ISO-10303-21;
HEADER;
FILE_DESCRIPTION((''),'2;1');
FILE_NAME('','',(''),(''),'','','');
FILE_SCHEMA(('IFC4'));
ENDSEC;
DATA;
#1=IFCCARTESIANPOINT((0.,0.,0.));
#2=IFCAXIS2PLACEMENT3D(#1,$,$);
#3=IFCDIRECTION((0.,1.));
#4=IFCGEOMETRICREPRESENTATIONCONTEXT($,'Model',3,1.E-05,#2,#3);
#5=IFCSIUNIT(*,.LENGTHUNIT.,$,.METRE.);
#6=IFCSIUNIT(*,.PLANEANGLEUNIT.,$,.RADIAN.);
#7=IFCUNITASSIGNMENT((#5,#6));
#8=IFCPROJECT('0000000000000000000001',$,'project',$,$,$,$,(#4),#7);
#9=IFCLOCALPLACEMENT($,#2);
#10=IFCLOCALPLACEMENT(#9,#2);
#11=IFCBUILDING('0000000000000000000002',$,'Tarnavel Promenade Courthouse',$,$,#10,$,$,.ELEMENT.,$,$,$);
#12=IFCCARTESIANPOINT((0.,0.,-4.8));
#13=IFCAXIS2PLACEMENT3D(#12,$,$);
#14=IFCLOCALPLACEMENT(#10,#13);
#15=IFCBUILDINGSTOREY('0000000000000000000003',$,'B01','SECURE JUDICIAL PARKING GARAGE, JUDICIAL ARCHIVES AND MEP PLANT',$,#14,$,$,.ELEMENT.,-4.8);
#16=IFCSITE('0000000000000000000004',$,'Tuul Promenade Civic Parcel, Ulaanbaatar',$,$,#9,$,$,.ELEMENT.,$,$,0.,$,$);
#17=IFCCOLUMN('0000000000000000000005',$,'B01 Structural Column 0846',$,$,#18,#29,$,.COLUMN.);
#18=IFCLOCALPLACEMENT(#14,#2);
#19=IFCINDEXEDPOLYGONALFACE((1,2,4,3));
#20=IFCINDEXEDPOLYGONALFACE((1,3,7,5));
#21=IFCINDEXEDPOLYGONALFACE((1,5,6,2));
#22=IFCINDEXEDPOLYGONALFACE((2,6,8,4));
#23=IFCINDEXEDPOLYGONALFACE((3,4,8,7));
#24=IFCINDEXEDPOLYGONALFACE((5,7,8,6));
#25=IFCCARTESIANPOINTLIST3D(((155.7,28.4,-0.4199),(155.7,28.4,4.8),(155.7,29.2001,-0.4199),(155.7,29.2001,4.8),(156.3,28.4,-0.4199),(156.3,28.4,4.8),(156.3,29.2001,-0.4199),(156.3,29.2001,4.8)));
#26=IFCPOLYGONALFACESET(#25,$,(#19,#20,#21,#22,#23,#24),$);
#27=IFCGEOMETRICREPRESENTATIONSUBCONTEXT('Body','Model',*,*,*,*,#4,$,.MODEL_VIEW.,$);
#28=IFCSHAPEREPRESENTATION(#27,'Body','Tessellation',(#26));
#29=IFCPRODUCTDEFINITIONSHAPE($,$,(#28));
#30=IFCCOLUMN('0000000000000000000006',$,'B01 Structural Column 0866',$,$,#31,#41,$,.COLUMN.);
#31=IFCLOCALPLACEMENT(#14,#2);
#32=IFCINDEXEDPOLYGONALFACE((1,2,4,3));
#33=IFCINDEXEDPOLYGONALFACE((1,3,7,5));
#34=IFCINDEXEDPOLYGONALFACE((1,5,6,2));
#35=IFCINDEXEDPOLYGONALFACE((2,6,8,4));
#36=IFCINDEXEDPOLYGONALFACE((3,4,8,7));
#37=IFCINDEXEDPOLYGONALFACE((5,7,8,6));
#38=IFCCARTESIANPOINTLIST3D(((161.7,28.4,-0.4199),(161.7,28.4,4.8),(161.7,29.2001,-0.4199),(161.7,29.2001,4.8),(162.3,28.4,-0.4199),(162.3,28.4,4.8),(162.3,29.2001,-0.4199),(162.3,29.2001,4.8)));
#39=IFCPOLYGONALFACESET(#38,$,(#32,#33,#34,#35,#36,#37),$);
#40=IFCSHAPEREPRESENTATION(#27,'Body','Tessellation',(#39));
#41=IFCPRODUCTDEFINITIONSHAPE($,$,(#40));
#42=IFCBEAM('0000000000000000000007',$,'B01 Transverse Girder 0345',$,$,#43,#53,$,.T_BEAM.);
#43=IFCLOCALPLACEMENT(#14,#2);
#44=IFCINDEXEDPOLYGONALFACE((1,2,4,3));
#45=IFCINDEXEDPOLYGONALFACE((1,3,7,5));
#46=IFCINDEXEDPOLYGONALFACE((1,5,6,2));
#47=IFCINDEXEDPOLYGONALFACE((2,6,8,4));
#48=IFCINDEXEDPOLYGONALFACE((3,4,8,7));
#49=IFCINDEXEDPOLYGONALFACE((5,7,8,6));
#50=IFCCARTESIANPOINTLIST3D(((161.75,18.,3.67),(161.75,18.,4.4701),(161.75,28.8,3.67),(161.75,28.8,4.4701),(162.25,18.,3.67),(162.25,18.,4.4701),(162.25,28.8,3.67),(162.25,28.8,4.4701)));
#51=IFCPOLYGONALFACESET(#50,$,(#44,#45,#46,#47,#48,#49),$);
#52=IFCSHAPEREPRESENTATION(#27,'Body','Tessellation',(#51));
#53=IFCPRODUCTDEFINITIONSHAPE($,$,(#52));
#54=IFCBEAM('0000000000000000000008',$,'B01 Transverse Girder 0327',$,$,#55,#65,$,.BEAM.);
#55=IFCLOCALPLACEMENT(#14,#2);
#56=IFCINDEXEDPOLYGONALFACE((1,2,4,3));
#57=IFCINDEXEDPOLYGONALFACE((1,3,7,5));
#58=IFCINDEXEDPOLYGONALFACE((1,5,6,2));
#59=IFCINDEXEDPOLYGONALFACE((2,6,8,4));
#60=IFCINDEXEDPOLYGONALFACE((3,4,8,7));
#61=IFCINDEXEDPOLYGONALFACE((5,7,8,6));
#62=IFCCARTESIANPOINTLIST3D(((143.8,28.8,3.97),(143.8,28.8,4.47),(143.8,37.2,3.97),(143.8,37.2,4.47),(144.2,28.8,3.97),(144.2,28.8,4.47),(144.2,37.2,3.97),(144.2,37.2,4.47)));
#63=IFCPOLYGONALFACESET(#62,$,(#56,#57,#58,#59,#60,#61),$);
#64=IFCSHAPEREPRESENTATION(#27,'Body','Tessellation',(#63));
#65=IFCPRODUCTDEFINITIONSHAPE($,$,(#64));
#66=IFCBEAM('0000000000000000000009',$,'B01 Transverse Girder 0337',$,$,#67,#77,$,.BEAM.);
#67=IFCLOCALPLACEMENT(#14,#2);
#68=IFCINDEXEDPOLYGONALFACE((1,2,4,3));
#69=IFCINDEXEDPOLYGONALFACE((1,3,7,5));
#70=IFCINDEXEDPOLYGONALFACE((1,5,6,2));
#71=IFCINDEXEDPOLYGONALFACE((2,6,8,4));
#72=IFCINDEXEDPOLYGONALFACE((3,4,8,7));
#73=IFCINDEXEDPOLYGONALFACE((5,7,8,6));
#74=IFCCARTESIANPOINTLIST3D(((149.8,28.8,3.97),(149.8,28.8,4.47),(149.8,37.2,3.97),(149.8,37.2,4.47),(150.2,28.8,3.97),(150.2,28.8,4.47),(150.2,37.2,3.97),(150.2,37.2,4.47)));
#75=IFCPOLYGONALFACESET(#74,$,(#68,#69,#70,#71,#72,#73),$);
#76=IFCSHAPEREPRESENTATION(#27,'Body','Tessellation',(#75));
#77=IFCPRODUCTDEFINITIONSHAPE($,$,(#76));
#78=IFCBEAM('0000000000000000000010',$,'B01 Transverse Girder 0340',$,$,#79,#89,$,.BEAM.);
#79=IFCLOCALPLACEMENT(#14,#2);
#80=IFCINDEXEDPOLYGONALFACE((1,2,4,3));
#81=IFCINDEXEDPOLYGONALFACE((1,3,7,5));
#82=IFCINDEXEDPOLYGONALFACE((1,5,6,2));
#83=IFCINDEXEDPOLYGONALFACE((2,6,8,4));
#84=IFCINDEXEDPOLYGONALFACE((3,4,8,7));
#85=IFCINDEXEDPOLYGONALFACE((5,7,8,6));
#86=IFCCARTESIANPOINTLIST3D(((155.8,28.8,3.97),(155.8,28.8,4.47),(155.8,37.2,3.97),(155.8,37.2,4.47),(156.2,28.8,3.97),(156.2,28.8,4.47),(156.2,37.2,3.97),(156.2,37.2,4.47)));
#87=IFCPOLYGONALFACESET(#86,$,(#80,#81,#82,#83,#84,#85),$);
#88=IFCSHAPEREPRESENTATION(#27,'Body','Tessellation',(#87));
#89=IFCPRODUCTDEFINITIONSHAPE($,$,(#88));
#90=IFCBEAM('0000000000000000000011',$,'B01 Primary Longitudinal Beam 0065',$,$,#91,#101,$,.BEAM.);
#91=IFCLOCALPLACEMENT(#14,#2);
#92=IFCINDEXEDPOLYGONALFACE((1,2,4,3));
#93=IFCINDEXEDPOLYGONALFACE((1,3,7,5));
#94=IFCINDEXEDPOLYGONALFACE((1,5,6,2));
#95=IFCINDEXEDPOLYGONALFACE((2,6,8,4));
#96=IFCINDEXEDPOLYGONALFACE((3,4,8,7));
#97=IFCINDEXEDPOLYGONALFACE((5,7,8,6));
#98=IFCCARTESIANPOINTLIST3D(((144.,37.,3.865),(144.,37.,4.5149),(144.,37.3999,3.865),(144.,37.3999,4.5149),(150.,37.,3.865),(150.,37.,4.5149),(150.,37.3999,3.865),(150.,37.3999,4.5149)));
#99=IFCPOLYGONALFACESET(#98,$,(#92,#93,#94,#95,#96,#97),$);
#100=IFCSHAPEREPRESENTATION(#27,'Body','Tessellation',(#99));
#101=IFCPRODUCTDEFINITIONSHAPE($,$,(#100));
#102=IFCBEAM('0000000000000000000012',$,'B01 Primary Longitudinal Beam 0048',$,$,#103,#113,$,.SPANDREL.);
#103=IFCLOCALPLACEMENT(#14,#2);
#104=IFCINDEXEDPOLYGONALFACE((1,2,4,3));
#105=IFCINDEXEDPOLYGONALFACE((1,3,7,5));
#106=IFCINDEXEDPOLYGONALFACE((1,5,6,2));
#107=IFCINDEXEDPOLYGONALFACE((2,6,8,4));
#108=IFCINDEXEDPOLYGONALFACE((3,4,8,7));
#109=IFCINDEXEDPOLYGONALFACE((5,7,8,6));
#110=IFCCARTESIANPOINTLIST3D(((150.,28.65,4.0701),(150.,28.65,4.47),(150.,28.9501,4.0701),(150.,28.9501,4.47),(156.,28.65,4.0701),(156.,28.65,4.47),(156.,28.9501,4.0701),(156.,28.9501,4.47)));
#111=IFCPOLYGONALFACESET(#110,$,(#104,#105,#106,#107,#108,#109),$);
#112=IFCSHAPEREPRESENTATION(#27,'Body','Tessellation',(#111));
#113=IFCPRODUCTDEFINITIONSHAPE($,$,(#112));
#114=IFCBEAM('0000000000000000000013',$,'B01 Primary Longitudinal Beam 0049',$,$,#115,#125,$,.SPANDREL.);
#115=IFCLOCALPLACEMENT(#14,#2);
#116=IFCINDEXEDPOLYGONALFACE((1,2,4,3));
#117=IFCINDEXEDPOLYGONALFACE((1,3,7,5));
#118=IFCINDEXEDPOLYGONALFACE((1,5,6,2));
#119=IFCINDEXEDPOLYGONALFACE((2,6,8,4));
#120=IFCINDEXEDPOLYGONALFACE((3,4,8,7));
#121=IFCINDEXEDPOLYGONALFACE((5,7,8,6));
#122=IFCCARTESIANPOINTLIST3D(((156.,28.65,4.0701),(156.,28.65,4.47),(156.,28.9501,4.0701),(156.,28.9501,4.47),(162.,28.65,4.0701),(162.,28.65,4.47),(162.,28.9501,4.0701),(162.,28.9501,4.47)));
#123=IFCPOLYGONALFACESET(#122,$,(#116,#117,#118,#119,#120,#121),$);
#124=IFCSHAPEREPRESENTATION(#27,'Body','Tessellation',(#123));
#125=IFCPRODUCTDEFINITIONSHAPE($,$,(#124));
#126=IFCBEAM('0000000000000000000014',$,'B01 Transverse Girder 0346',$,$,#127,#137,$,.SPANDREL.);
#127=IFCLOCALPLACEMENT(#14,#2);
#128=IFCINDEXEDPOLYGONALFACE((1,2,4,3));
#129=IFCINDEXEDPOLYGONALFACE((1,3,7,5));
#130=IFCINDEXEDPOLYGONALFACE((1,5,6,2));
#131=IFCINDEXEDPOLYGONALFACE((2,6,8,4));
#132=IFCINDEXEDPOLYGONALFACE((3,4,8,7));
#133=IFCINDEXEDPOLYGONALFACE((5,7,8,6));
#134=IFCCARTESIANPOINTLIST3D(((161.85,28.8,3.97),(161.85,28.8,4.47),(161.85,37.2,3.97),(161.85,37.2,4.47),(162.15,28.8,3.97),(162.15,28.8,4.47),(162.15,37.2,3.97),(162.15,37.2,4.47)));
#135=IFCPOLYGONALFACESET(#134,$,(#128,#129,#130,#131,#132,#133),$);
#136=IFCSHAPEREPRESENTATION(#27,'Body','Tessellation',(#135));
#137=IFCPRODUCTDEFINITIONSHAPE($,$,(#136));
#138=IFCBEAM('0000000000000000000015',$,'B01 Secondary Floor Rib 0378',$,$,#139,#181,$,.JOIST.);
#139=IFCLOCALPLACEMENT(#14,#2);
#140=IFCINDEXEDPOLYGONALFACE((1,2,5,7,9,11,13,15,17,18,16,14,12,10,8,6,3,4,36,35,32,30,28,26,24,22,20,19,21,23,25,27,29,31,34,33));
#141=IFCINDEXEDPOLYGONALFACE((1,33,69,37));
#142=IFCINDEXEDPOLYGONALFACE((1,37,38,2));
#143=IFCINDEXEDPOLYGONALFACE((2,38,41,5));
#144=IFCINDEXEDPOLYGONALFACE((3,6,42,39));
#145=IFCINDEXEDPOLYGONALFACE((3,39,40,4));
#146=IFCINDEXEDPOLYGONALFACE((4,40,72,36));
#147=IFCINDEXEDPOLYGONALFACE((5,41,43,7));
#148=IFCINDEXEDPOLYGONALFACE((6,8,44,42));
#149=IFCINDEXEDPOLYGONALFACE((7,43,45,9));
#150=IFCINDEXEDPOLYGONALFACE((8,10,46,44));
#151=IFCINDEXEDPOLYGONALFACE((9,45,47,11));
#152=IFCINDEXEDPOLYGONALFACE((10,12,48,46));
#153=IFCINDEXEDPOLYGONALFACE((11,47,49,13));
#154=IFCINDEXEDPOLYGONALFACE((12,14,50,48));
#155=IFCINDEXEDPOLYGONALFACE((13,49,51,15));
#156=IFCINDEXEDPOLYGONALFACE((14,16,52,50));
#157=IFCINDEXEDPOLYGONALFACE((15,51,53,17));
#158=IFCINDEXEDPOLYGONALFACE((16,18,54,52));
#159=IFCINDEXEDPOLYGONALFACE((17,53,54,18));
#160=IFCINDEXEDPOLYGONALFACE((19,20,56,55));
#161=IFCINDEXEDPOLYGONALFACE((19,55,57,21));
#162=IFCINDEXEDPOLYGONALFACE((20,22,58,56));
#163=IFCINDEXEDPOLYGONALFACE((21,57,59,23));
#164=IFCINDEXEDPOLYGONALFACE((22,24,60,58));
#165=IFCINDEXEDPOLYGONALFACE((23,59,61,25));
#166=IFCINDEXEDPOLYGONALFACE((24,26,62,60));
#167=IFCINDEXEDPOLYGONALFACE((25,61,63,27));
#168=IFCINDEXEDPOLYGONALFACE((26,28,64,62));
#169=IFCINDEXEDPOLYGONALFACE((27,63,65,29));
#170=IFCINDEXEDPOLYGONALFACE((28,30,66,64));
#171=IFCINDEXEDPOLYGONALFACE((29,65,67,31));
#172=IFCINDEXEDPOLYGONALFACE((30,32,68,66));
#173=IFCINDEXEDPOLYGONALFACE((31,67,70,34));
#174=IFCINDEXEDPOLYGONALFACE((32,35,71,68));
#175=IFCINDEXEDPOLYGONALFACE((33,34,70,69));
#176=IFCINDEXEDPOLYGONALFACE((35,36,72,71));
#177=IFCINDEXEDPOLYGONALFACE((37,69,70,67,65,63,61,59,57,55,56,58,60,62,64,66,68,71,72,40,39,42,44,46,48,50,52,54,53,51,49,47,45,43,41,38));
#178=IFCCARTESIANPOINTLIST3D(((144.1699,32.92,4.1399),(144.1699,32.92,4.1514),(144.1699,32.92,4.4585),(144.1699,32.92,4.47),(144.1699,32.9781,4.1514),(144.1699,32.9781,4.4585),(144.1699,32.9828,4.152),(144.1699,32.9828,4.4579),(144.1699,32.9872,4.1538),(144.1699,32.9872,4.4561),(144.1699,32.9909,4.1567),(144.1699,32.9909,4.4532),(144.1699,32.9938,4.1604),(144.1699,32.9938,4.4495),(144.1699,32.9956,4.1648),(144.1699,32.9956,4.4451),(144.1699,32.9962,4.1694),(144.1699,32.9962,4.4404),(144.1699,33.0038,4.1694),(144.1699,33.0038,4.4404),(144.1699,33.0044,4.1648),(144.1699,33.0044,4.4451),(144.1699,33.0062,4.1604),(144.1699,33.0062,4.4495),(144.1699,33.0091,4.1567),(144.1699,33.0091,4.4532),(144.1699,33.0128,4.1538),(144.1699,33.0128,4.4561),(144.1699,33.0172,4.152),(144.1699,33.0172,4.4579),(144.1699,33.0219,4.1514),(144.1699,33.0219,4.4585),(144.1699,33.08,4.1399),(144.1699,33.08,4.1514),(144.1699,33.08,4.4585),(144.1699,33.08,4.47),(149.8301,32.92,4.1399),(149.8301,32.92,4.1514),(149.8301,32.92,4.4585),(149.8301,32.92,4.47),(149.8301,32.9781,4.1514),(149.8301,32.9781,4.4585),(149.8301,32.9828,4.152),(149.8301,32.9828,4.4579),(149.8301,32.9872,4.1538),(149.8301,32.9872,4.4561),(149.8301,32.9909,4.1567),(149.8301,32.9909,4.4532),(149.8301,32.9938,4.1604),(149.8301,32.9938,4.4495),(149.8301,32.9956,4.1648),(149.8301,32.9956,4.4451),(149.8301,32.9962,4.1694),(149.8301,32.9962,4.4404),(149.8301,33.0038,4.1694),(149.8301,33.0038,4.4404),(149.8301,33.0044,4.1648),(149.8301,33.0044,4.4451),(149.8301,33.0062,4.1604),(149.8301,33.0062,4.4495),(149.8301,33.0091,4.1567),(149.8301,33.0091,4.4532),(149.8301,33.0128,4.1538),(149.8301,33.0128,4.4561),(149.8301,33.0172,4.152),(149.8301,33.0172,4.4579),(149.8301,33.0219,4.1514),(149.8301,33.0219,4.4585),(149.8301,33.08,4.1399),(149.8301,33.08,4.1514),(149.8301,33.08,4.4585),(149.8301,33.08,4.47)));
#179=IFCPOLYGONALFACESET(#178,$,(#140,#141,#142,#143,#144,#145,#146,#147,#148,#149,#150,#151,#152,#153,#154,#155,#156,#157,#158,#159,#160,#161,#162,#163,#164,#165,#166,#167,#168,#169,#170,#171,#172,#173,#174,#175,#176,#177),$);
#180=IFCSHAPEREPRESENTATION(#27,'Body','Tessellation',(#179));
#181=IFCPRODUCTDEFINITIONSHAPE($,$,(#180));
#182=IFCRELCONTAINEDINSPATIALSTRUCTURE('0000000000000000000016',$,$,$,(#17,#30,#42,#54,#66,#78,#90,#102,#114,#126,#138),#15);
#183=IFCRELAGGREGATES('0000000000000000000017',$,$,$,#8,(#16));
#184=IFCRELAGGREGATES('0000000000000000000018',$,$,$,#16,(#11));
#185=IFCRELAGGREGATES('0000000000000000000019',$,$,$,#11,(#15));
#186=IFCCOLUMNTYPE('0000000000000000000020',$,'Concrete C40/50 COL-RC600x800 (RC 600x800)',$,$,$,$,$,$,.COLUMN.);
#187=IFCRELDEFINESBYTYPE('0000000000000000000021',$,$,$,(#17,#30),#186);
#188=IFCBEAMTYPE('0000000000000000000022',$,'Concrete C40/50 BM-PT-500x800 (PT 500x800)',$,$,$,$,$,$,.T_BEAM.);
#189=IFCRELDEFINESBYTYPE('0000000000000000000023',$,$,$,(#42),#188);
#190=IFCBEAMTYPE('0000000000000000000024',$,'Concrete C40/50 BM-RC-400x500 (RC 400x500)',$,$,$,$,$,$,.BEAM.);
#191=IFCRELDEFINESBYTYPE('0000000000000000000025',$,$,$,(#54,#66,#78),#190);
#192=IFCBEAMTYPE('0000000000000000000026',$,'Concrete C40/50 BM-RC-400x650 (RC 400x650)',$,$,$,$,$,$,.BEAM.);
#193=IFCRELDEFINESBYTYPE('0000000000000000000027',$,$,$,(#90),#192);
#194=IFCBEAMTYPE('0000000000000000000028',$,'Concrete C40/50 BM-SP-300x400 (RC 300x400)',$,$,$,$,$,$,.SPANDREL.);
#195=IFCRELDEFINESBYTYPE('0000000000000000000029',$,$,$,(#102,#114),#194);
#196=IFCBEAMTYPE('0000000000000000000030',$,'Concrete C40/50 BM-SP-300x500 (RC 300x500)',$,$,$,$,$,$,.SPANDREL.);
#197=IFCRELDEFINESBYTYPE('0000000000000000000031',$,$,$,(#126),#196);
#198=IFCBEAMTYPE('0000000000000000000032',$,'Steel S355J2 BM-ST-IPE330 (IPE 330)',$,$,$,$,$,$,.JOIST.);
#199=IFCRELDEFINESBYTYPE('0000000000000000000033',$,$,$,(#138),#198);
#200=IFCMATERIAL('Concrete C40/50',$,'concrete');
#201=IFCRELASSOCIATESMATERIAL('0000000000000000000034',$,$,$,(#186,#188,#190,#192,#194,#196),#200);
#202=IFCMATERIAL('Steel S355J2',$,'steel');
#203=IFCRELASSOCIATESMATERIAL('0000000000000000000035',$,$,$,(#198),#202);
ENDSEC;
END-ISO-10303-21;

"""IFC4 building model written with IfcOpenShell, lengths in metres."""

from ifc_helpers import new_model, si_unit, direction, frame, origin, origin_2d, place, context, subcontext, project, spatial, rectangle, i_section, extrude, material, material_profile, profile_set, type_object, element, save


model = new_model("IFC4")

# Units and contexts
model_context = context("Model", 3, precision=1e-05, world=origin(), true_north=direction((0.0, 1.0)))
body_context = subcontext(model_context, "Body", "Model", "MODEL_VIEW")
ifc_project = project(units=[si_unit("LENGTHUNIT", "METRE"), si_unit("PLANEANGLEUNIT", "RADIAN")], contexts=[model_context])

# Site, building, storey
site_placement = place(None, origin())
site = spatial("IfcSite", under=ifc_project, at=site_placement, Name="Tuul Promenade Civic Parcel, Ulaanbaatar", CompositionType="ELEMENT", RefElevation=0.0)
building_placement = place(site_placement, origin())
building = spatial("IfcBuilding", under=site, at=building_placement, Name="Tarnavel Promenade Courthouse", CompositionType="ELEMENT")
storey_placement = place(building_placement, frame((0.0, 0.0, -4.8)))
storey = spatial("IfcBuildingStorey", under=building, at=storey_placement, Name="B01", Description="SECURE JUDICIAL PARKING GARAGE, JUDICIAL ARCHIVES AND MEP PLANT", CompositionType="ELEMENT", Elevation=-4.8)

# Columns
ifc_material_1 = material(Name="Concrete C40/50", Category="concrete")
ifc_material_profile_1 = material_profile(ifc_material_1, rectangle(XDim=0.6001, YDim=0.8, at=origin_2d()), Name="RC 600x800")
ifc_profile_set_1 = profile_set([ifc_material_profile_1], Name="Concrete C40/50")
column_type_1 = type_object("IfcColumnType", Name="Concrete C40/50 COL-RC600x800 (RC 600x800)", PredefinedType="COLUMN", material=ifc_profile_set_1)
for number, where, z_axis, x_axis, name in (
    (1, (156.0, 28.8, -0.4199), (0.0, 0.0, 1.0), (1.0, 0.0, 0.0), "B01 Structural Column 0846"),
    (2, (162.0, 28.8, -0.4199), (0.0, 0.0, 1.0), (1.0, 0.0, 0.0), "B01 Structural Column 0866"),
):
    element("IfcColumn", number, at=place(storey_placement, frame(where, z_axis=z_axis, x_axis=x_axis)), inside=storey, type_object=column_type_1, Name=name, PredefinedType="COLUMN", context=body_context, shape_type="SweptSolid", body=[
        extrude(rectangle(XDim=0.6001, YDim=0.8, at=origin_2d()), origin(), (0.0, 0.0, 1.0), 5.22),
    ])

# Beams
ifc_material_profile_2 = material_profile(ifc_material_1, rectangle(XDim=0.5, YDim=0.8, at=origin_2d()), Name="PT 500x800")
ifc_profile_set_2 = profile_set([ifc_material_profile_2], Name="Concrete C40/50")
beam_type_1 = type_object("IfcBeamType", Name="Concrete C40/50 BM-PT-500x800 (PT 500x800)", PredefinedType="T_BEAM", material=ifc_profile_set_2)
beam_1_placement = place(storey_placement, frame((162.0, 18.0, 4.0701), z_axis=(0.0, 1.0, 0.0), x_axis=(-1.0, 0.0, 0.0)))
element("IfcBeam", 3, at=beam_1_placement, inside=storey, type_object=beam_type_1, Name="B01 Transverse Girder 0345", PredefinedType="T_BEAM", context=body_context, shape_type="SweptSolid", body=[
    extrude(rectangle(XDim=0.5, YDim=0.8, at=origin_2d()), origin(), (0.0, 0.0, 1.0), 10.8),
])
ifc_material_profile_3 = material_profile(ifc_material_1, rectangle(XDim=0.3999, YDim=0.5, at=origin_2d()), Name="RC 400x500")
ifc_profile_set_3 = profile_set([ifc_material_profile_3], Name="Concrete C40/50")
beam_type_2 = type_object("IfcBeamType", Name="Concrete C40/50 BM-RC-400x500 (RC 400x500)", PredefinedType="BEAM", material=ifc_profile_set_3)
for number, where, z_axis, x_axis, name in (
    (4, (144.0, 28.8, 4.22), (0.0, 1.0, 0.0), (-1.0, 0.0, 0.0), "B01 Transverse Girder 0327"),
    (5, (150.0, 28.8, 4.22), (0.0, 1.0, 0.0), (-1.0, 0.0, 0.0), "B01 Transverse Girder 0337"),
    (6, (156.0, 28.8, 4.22), (0.0, 1.0, 0.0), (-1.0, 0.0, 0.0), "B01 Transverse Girder 0340"),
):
    element("IfcBeam", number, at=place(storey_placement, frame(where, z_axis=z_axis, x_axis=x_axis)), inside=storey, type_object=beam_type_2, Name=name, PredefinedType="BEAM", context=body_context, shape_type="SweptSolid", body=[
        extrude(rectangle(XDim=0.3999, YDim=0.5, at=origin_2d()), origin(), (0.0, 0.0, 1.0), 8.3999),
    ])
ifc_material_profile_4 = material_profile(ifc_material_1, rectangle(XDim=0.3999, YDim=0.6499, at=origin_2d()), Name="RC 400x650")
ifc_profile_set_4 = profile_set([ifc_material_profile_4], Name="Concrete C40/50")
beam_type_3 = type_object("IfcBeamType", Name="Concrete C40/50 BM-RC-400x650 (RC 400x650)", PredefinedType="BEAM", material=ifc_profile_set_4)
beam_2_placement = place(storey_placement, frame((144.0, 37.2, 4.1899), z_axis=(1.0, 0.0, 0.0), x_axis=(0.0, 1.0, 0.0)))
element("IfcBeam", 7, at=beam_2_placement, inside=storey, type_object=beam_type_3, Name="B01 Primary Longitudinal Beam 0065", PredefinedType="BEAM", context=body_context, shape_type="SweptSolid", body=[
    extrude(rectangle(XDim=0.3999, YDim=0.6499, at=origin_2d()), origin(), (0.0, 0.0, 1.0), 6.0),
])
ifc_material_profile_5 = material_profile(ifc_material_1, rectangle(XDim=0.3, YDim=0.3999, at=origin_2d()), Name="RC 300x400")
ifc_profile_set_5 = profile_set([ifc_material_profile_5], Name="Concrete C40/50")
beam_type_4 = type_object("IfcBeamType", Name="Concrete C40/50 BM-SP-300x400 (RC 300x400)", PredefinedType="SPANDREL", material=ifc_profile_set_5)
for number, where, z_axis, x_axis, name in (
    (8, (150.0, 28.8, 4.27), (1.0, 0.0, 0.0), (0.0, 1.0, 0.0), "B01 Primary Longitudinal Beam 0048"),
    (9, (156.0, 28.8, 4.27), (1.0, 0.0, 0.0), (0.0, 1.0, 0.0), "B01 Primary Longitudinal Beam 0049"),
):
    element("IfcBeam", number, at=place(storey_placement, frame(where, z_axis=z_axis, x_axis=x_axis)), inside=storey, type_object=beam_type_4, Name=name, PredefinedType="SPANDREL", context=body_context, shape_type="SweptSolid", body=[
        extrude(rectangle(XDim=0.3, YDim=0.3999, at=origin_2d()), origin(), (0.0, 0.0, 1.0), 6.0),
    ])
ifc_material_profile_6 = material_profile(ifc_material_1, rectangle(XDim=0.3, YDim=0.5, at=origin_2d()), Name="RC 300x500")
ifc_profile_set_6 = profile_set([ifc_material_profile_6], Name="Concrete C40/50")
beam_type_5 = type_object("IfcBeamType", Name="Concrete C40/50 BM-SP-300x500 (RC 300x500)", PredefinedType="SPANDREL", material=ifc_profile_set_6)
beam_3_placement = place(storey_placement, frame((162.0, 28.8, 4.22), z_axis=(0.0, 1.0, 0.0), x_axis=(-1.0, 0.0, 0.0)))
element("IfcBeam", 10, at=beam_3_placement, inside=storey, type_object=beam_type_5, Name="B01 Transverse Girder 0346", PredefinedType="SPANDREL", context=body_context, shape_type="SweptSolid", body=[
    extrude(rectangle(XDim=0.3, YDim=0.5, at=origin_2d()), origin(), (0.0, 0.0, 1.0), 8.3999),
])
ifc_material_2 = material(Name="Steel S355J2", Category="steel")
ifc_material_profile_7 = material_profile(ifc_material_2, i_section(OverallWidth=0.1599, OverallDepth=0.3301, WebThickness=0.0076, FlangeThickness=0.0115, FilletRadius=0.0181, at=origin_2d()), Name="IPE 330")
ifc_profile_set_7 = profile_set([ifc_material_profile_7], Name="Steel S355J2")
beam_type_6 = type_object("IfcBeamType", Name="Steel S355J2 BM-ST-IPE330 (IPE 330)", PredefinedType="JOIST", material=ifc_profile_set_7)
for number, where, z_axis, x_axis, name in (
    (11, (144.1699, 33.0, 4.3049), (1.0, 0.0, 0.0), (0.0, 1.0, 0.0), "B01 Secondary Floor Rib 0378"),
):
    element("IfcBeam", number, at=place(storey_placement, frame(where, z_axis=z_axis, x_axis=x_axis)), inside=storey, type_object=beam_type_6, Name=name, PredefinedType="JOIST", context=body_context, shape_type="SweptSolid", body=[
        extrude(i_section(OverallWidth=0.1599, OverallDepth=0.3301, WebThickness=0.0076, FlangeThickness=0.0115, FilletRadius=0.0181, at=origin_2d()), origin(), (0.0, 0.0, 1.0), 5.6602),
    ])

save(model, "model.ifc")
